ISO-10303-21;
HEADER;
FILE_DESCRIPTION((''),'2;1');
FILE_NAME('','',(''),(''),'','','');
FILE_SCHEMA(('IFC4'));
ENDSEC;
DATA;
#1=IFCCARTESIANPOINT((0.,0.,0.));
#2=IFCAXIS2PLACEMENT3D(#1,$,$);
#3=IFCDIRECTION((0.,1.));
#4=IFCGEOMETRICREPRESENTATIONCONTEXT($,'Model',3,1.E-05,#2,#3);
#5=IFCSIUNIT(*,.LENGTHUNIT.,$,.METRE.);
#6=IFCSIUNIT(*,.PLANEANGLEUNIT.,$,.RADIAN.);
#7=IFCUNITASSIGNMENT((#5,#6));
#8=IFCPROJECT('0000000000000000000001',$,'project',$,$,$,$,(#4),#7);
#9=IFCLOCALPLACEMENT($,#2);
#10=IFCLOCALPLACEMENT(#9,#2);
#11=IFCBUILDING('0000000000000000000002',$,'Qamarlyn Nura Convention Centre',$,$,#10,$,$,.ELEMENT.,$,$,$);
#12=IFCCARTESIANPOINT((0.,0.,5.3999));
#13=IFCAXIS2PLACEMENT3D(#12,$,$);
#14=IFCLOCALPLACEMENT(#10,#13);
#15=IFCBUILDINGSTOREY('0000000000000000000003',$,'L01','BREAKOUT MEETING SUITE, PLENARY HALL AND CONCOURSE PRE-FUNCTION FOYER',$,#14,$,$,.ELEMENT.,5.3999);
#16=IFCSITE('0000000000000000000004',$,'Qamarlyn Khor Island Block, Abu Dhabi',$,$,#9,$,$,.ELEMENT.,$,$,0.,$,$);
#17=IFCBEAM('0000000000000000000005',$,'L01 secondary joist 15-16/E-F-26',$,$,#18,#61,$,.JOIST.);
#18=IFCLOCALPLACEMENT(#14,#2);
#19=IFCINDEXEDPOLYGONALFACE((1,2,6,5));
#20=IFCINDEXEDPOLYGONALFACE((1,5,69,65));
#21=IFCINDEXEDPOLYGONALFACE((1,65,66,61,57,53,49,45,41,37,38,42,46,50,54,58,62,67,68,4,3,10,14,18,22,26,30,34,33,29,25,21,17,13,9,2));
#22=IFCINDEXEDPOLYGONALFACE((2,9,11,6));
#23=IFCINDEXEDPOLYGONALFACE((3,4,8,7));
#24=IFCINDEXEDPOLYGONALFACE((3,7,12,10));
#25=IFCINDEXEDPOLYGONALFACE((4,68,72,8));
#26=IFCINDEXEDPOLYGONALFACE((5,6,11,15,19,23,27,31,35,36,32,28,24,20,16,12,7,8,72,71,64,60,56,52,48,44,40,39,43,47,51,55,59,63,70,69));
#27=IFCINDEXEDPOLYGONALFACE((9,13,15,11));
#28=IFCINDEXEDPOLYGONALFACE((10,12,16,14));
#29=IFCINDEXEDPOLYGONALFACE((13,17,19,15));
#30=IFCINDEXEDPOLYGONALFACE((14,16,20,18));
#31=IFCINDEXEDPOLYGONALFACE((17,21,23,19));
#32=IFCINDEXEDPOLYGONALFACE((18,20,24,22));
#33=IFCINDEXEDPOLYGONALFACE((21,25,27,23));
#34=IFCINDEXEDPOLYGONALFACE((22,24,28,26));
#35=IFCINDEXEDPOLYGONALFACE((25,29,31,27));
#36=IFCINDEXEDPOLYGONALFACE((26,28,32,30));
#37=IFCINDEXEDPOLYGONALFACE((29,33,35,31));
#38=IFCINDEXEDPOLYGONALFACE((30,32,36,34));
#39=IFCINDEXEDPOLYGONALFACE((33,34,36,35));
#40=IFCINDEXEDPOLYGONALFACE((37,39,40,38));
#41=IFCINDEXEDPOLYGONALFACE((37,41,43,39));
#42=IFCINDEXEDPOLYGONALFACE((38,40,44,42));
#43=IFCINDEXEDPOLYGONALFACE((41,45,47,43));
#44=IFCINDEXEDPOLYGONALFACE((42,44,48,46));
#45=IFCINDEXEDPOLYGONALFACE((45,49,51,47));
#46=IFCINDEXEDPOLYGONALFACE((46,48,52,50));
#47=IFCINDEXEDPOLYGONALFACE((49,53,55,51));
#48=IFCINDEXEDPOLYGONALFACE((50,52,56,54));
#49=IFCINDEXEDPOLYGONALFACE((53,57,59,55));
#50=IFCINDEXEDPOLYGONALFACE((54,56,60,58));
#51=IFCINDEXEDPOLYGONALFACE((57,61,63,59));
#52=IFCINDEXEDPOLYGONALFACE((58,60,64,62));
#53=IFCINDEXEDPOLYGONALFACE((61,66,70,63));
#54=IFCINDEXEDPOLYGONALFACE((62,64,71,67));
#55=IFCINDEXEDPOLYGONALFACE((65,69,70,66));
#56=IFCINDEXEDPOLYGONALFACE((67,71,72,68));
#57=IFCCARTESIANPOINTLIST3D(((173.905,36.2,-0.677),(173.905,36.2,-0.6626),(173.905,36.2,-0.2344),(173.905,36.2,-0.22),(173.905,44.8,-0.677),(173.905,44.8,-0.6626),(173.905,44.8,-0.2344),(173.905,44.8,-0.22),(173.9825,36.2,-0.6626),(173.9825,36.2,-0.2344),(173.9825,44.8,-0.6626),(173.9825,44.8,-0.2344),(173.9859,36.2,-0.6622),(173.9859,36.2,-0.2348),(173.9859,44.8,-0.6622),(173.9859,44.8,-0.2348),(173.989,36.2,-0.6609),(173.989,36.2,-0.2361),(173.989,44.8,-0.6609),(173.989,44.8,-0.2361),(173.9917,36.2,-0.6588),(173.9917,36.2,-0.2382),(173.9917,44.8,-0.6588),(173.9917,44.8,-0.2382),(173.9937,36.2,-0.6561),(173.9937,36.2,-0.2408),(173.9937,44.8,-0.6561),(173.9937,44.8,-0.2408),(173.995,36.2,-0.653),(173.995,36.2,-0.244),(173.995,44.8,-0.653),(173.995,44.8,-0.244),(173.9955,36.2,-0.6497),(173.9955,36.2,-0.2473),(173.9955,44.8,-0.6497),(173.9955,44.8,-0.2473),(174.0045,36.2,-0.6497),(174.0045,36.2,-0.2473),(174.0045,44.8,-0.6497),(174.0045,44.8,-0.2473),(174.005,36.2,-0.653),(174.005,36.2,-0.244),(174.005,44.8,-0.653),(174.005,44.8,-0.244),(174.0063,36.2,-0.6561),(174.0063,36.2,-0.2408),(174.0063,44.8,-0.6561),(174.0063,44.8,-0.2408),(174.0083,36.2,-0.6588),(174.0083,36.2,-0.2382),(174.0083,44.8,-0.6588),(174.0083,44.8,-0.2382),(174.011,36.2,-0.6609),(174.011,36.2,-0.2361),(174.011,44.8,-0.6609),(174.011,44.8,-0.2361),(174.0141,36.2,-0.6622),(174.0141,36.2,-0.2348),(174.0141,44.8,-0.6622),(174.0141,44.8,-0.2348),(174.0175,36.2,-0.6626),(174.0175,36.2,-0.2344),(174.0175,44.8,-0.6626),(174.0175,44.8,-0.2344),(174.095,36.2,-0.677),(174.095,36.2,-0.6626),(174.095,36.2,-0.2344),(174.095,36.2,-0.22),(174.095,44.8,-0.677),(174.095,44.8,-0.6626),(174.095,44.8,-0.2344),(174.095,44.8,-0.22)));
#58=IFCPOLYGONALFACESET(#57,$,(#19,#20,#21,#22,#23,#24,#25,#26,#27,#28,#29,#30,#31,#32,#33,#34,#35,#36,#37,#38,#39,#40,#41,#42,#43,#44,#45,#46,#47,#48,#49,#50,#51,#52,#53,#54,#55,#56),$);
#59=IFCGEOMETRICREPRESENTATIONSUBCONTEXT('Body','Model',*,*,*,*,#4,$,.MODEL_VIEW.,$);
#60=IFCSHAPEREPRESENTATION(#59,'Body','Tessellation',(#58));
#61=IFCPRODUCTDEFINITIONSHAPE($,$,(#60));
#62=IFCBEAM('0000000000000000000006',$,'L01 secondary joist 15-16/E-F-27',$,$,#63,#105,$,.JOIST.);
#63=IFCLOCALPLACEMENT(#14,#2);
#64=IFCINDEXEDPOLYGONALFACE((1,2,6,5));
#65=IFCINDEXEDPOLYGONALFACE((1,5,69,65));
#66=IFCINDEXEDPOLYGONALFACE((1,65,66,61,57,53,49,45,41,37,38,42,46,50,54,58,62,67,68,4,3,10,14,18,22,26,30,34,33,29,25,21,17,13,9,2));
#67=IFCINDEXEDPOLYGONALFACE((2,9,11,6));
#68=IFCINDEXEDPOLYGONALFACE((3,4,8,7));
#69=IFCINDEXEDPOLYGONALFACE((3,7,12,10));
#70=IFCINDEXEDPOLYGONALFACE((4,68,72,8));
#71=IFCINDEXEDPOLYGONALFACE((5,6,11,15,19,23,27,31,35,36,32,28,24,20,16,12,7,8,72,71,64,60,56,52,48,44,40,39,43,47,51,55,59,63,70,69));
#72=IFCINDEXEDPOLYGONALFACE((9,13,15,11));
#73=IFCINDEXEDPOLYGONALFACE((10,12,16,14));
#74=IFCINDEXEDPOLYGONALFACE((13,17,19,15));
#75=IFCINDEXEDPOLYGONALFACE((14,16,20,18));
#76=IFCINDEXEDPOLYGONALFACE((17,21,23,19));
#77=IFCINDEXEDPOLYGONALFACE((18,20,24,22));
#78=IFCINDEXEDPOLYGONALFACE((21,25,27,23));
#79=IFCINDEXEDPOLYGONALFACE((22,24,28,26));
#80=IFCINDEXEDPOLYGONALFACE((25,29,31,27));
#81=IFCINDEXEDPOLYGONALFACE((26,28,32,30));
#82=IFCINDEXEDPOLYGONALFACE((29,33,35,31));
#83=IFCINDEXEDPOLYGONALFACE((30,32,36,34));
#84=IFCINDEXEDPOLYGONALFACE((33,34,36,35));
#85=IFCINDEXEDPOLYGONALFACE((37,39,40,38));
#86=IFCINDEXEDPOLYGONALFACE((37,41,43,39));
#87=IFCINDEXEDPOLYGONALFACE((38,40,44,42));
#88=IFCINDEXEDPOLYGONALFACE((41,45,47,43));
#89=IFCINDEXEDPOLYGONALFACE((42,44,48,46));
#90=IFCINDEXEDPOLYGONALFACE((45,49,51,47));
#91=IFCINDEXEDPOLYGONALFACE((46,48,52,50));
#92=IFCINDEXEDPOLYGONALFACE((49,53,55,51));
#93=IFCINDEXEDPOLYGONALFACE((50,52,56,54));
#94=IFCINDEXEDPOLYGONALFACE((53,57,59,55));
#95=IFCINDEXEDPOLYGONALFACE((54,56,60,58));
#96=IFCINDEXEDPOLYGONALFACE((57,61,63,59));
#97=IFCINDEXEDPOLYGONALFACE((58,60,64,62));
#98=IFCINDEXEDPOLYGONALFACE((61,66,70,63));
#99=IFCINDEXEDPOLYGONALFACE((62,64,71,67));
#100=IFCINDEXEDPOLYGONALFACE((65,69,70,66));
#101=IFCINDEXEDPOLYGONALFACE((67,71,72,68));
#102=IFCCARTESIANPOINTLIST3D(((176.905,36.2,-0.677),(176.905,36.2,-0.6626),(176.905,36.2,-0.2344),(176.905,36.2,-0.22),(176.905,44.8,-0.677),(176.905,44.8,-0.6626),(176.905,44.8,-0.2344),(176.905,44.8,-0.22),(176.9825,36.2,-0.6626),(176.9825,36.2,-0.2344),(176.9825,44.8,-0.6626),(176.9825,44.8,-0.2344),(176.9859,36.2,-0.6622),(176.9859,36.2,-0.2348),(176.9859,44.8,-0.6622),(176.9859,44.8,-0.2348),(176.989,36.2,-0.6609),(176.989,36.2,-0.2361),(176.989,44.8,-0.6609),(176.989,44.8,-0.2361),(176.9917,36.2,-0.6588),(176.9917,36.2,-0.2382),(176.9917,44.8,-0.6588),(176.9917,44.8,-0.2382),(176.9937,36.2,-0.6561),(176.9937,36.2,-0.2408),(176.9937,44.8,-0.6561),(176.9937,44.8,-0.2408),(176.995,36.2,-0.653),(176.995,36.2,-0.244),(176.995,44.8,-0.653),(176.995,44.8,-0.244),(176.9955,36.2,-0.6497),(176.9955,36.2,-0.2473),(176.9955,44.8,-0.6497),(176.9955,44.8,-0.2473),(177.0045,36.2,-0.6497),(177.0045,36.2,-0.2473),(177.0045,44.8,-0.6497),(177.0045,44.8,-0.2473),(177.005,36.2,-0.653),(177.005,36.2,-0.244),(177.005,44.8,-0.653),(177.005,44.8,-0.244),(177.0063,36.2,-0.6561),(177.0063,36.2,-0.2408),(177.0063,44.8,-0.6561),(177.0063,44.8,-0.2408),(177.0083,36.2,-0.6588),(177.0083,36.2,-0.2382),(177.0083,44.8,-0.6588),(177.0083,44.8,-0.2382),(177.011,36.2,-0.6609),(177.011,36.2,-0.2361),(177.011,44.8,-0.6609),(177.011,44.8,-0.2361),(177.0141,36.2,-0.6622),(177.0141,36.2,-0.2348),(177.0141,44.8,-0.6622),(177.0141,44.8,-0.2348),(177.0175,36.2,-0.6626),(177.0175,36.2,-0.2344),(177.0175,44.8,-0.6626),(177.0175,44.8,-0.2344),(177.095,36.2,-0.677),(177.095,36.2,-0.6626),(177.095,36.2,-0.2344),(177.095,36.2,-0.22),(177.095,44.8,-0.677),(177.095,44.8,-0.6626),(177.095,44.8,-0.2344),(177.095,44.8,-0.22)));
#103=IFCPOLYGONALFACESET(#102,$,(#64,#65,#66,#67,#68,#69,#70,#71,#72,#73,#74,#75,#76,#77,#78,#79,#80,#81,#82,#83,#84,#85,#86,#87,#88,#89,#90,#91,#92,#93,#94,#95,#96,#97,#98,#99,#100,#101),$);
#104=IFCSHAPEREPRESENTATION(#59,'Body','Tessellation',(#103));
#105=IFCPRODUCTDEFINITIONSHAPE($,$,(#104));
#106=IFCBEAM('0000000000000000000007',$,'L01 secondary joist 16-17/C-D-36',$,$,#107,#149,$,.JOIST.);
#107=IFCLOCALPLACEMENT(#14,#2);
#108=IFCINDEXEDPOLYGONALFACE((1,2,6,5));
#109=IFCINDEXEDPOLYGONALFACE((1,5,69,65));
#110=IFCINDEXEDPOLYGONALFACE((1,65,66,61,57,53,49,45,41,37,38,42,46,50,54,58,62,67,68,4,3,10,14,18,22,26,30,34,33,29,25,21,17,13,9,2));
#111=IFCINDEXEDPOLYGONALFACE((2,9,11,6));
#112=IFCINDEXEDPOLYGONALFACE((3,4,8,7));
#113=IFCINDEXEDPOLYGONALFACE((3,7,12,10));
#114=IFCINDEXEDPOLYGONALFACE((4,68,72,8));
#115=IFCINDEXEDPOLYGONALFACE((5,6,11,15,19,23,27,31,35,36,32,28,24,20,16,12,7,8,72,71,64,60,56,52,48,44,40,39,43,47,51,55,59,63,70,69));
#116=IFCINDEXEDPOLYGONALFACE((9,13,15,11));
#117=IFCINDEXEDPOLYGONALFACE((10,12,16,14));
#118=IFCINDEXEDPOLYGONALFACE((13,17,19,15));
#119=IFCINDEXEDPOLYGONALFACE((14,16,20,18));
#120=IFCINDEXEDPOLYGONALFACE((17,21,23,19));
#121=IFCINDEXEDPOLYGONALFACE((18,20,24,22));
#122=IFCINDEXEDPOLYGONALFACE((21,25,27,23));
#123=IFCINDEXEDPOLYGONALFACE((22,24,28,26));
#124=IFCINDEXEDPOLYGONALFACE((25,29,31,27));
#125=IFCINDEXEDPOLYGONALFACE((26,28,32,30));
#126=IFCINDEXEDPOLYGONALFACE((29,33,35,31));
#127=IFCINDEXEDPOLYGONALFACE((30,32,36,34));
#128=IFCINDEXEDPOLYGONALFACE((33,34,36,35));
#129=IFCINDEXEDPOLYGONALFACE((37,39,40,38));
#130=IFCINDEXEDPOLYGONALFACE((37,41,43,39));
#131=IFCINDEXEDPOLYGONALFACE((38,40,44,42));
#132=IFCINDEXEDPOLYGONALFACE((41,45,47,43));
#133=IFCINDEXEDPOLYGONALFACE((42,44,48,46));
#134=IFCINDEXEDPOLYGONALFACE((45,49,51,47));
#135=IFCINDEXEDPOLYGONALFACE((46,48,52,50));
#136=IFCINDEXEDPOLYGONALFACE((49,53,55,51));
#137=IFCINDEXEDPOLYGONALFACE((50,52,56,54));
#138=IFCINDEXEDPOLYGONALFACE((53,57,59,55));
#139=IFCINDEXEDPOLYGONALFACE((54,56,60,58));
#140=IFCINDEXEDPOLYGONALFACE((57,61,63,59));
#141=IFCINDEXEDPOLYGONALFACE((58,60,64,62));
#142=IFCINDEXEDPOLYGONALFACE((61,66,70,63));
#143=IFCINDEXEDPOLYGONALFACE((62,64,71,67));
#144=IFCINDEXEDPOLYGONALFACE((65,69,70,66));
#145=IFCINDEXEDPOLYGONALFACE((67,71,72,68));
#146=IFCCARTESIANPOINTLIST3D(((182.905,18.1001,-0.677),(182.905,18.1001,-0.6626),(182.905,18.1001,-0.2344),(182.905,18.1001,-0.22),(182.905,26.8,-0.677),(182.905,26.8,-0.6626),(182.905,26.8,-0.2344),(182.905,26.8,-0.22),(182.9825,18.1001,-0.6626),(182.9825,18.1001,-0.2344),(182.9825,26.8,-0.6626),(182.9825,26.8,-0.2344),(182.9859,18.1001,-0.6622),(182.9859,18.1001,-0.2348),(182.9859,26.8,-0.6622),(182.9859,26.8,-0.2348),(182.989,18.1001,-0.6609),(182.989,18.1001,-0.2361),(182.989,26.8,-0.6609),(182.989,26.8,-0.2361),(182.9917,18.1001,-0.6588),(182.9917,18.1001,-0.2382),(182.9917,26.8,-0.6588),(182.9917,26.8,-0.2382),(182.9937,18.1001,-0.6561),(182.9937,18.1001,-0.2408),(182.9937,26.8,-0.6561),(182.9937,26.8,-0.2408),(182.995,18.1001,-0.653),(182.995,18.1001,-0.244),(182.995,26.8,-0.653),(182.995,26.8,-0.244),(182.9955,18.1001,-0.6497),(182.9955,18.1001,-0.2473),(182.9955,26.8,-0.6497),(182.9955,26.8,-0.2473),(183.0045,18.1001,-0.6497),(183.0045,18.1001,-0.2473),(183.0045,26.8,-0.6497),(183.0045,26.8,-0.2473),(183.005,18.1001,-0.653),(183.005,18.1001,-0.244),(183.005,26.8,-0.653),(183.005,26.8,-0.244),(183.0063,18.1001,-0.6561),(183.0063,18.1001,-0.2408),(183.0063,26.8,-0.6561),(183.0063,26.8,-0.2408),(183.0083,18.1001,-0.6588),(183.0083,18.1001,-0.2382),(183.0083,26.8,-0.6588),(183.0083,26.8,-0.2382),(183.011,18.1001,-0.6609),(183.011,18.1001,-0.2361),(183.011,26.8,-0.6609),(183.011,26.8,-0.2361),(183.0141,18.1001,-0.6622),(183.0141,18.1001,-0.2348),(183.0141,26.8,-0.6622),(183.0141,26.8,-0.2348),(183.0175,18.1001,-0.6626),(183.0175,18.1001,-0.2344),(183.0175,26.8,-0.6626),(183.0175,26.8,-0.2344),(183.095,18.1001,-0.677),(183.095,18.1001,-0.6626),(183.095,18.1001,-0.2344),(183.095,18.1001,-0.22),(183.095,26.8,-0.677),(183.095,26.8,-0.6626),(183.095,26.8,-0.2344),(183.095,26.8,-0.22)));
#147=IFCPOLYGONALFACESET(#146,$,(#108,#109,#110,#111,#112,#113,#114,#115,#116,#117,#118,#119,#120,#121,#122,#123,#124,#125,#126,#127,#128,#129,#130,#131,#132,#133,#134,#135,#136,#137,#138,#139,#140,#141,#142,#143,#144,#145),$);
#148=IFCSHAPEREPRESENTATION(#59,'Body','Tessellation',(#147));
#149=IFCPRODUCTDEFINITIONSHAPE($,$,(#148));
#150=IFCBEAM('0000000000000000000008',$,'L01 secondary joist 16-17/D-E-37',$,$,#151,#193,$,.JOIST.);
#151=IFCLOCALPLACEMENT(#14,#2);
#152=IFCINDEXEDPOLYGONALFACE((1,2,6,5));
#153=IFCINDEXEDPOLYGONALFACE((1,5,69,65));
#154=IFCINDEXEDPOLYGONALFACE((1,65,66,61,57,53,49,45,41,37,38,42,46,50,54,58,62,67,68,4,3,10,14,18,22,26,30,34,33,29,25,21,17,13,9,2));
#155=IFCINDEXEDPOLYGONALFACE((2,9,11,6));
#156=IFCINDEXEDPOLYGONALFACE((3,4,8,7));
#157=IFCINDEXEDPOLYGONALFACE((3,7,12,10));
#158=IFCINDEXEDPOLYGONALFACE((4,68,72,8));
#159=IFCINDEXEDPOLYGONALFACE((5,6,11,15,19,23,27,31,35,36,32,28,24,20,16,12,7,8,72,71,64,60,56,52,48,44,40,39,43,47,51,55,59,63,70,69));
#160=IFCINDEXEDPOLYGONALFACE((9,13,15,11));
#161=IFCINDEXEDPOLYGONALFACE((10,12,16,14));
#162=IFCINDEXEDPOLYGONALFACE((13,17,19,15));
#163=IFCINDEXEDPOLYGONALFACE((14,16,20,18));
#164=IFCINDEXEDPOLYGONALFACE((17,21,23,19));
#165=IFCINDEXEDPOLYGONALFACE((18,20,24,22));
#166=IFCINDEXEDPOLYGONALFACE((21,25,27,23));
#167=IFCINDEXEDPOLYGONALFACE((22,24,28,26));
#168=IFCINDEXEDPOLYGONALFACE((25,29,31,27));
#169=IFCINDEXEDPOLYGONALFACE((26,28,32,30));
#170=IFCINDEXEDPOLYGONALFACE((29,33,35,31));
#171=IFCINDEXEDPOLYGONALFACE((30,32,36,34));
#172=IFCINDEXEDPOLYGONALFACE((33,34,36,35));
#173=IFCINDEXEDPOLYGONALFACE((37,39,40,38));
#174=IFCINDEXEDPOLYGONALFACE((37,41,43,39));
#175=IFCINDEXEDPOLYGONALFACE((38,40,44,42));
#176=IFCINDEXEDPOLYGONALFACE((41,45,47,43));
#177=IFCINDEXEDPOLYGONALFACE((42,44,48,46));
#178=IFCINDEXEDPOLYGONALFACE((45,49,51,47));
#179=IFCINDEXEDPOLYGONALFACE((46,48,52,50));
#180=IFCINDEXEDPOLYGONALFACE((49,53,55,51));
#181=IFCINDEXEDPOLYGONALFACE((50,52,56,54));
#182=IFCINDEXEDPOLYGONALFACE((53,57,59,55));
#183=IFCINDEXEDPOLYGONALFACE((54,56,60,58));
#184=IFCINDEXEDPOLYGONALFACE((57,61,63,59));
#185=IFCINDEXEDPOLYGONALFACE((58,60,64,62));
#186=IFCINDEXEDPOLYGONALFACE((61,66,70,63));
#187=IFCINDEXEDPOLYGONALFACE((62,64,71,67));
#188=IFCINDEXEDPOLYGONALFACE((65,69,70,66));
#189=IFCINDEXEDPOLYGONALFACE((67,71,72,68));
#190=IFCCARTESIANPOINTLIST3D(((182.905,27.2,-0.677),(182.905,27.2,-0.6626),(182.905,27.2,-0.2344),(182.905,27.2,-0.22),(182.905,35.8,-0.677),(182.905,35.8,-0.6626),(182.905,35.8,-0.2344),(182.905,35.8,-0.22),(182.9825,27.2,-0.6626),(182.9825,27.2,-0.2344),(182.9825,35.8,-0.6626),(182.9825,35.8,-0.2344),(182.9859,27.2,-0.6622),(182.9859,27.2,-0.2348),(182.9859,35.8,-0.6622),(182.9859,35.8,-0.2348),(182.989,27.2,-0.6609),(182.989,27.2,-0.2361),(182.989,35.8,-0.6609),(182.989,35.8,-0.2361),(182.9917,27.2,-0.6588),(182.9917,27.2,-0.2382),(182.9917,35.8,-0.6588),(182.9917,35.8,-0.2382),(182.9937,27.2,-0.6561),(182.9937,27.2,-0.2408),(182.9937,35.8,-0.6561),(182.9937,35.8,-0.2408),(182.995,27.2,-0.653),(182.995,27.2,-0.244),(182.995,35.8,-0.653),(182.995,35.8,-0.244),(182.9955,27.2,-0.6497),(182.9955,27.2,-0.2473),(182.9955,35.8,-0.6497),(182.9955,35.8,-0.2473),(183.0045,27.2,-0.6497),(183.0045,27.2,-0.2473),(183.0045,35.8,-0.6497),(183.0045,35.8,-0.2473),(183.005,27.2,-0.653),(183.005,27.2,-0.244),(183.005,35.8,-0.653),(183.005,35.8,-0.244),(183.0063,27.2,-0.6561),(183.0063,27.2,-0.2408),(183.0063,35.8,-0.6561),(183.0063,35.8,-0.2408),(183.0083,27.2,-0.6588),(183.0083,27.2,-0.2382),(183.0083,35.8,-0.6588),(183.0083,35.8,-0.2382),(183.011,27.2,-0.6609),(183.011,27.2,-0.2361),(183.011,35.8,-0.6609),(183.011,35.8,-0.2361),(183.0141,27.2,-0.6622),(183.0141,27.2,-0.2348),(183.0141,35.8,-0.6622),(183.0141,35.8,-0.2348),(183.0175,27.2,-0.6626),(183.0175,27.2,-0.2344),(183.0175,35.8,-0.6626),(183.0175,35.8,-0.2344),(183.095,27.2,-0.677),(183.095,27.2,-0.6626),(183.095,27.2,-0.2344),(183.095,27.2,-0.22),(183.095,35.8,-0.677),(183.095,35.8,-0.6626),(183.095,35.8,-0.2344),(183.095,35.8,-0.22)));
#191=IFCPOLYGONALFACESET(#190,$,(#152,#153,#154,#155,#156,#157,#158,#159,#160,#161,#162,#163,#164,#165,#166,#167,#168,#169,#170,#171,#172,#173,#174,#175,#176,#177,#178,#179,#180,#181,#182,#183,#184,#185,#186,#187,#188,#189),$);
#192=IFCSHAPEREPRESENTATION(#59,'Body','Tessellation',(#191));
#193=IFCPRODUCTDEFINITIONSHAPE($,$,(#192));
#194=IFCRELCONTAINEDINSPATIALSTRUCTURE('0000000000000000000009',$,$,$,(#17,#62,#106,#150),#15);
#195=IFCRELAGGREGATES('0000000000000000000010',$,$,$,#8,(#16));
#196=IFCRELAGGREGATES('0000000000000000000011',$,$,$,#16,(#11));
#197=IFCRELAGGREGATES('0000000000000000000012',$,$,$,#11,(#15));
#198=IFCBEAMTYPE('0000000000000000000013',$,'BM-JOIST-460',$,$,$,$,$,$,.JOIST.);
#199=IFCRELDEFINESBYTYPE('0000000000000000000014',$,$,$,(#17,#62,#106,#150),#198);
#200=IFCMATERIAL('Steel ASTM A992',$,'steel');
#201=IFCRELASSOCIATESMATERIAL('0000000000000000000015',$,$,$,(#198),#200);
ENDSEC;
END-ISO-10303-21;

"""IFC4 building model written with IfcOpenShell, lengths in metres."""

from ifc_helpers import new_model, si_unit, direction, frame, origin, origin_2d, place, context, subcontext, project, spatial, i_section, extrude, material, material_profile, profile_set, type_object, element, save


model = new_model("IFC4")

# Units and contexts
model_context = context("Model", 3, precision=1e-05, world=origin(), true_north=direction((0.0, 1.0)))
body_context = subcontext(model_context, "Body", "Model", "MODEL_VIEW")
ifc_project = project(units=[si_unit("LENGTHUNIT", "METRE"), si_unit("PLANEANGLEUNIT", "RADIAN")], contexts=[model_context])

# Site, building, storey
site_placement = place(None, origin())
site = spatial("IfcSite", under=ifc_project, at=site_placement, Name="Qamarlyn Khor Island Block, Abu Dhabi", CompositionType="ELEMENT", RefElevation=0.0)
building_placement = place(site_placement, origin())
building = spatial("IfcBuilding", under=site, at=building_placement, Name="Qamarlyn Nura Convention Centre", CompositionType="ELEMENT")
storey_placement = place(building_placement, frame((0.0, 0.0, 5.3999)))
storey = spatial("IfcBuildingStorey", under=building, at=storey_placement, Name="L01", Description="BREAKOUT MEETING SUITE, PLENARY HALL AND CONCOURSE PRE-FUNCTION FOYER", CompositionType="ELEMENT", Elevation=5.3999)

# Shared definitions
ifc_material_1 = material(Name="Steel ASTM A992", Category="steel")

# Beams
ifc_material_profile_1 = material_profile(ifc_material_1, i_section(OverallWidth=0.1899, OverallDepth=0.457, WebThickness=0.009, FlangeThickness=0.0144, FilletRadius=0.0129, at=origin_2d()), Name="W460X74")
ifc_profile_set_1 = profile_set([ifc_material_profile_1], Name="Steel ASTM A992")
beam_type_1 = type_object("IfcBeamType", Name="BM-JOIST-460", PredefinedType="JOIST", material=ifc_profile_set_1)
for number, where, z_axis, x_axis, name in (
    (1, (174.0, 36.2, -0.4485), (0.0, 1.0, 0.0), (-1.0, 0.0, 0.0), "L01 secondary joist 15-16/E-F-26"),
    (2, (177.0, 36.2, -0.4485), (0.0, 1.0, 0.0), (-1.0, 0.0, 0.0), "L01 secondary joist 15-16/E-F-27"),
):
    element("IfcBeam", number, at=place(storey_placement, frame(where, z_axis=z_axis, x_axis=x_axis)), inside=storey, type_object=beam_type_1, Name=name, PredefinedType="JOIST", context=body_context, shape_type="SweptSolid", body=[
        extrude(i_section(OverallWidth=0.1899, OverallDepth=0.457, WebThickness=0.009, FlangeThickness=0.0144, FilletRadius=0.0129, at=origin_2d()), origin(), (0.0, 0.0, 1.0), 8.6001),
    ])
beam_1_placement = place(storey_placement, frame((183.0, 18.1001, -0.4485), z_axis=(0.0, 1.0, 0.0), x_axis=(-1.0, 0.0, 0.0)))
element("IfcBeam", 3, at=beam_1_placement, inside=storey, type_object=beam_type_1, Name="L01 secondary joist 16-17/C-D-36", PredefinedType="JOIST", context=body_context, shape_type="SweptSolid", body=[
    extrude(i_section(OverallWidth=0.1899, OverallDepth=0.457, WebThickness=0.009, FlangeThickness=0.0144, FilletRadius=0.0129, at=origin_2d()), origin(), (0.0, 0.0, 1.0), 8.7),
])
for number, where, z_axis, x_axis, name in (
    (4, (183.0, 27.2, -0.4485), (0.0, 1.0, 0.0), (-1.0, 0.0, 0.0), "L01 secondary joist 16-17/D-E-37"),
):
    element("IfcBeam", number, at=place(storey_placement, frame(where, z_axis=z_axis, x_axis=x_axis)), inside=storey, type_object=beam_type_1, Name=name, PredefinedType="JOIST", context=body_context, shape_type="SweptSolid", body=[
        extrude(i_section(OverallWidth=0.1899, OverallDepth=0.457, WebThickness=0.009, FlangeThickness=0.0144, FilletRadius=0.0129, at=origin_2d()), origin(), (0.0, 0.0, 1.0), 8.6001),
    ])

save(model, "model.ifc")
